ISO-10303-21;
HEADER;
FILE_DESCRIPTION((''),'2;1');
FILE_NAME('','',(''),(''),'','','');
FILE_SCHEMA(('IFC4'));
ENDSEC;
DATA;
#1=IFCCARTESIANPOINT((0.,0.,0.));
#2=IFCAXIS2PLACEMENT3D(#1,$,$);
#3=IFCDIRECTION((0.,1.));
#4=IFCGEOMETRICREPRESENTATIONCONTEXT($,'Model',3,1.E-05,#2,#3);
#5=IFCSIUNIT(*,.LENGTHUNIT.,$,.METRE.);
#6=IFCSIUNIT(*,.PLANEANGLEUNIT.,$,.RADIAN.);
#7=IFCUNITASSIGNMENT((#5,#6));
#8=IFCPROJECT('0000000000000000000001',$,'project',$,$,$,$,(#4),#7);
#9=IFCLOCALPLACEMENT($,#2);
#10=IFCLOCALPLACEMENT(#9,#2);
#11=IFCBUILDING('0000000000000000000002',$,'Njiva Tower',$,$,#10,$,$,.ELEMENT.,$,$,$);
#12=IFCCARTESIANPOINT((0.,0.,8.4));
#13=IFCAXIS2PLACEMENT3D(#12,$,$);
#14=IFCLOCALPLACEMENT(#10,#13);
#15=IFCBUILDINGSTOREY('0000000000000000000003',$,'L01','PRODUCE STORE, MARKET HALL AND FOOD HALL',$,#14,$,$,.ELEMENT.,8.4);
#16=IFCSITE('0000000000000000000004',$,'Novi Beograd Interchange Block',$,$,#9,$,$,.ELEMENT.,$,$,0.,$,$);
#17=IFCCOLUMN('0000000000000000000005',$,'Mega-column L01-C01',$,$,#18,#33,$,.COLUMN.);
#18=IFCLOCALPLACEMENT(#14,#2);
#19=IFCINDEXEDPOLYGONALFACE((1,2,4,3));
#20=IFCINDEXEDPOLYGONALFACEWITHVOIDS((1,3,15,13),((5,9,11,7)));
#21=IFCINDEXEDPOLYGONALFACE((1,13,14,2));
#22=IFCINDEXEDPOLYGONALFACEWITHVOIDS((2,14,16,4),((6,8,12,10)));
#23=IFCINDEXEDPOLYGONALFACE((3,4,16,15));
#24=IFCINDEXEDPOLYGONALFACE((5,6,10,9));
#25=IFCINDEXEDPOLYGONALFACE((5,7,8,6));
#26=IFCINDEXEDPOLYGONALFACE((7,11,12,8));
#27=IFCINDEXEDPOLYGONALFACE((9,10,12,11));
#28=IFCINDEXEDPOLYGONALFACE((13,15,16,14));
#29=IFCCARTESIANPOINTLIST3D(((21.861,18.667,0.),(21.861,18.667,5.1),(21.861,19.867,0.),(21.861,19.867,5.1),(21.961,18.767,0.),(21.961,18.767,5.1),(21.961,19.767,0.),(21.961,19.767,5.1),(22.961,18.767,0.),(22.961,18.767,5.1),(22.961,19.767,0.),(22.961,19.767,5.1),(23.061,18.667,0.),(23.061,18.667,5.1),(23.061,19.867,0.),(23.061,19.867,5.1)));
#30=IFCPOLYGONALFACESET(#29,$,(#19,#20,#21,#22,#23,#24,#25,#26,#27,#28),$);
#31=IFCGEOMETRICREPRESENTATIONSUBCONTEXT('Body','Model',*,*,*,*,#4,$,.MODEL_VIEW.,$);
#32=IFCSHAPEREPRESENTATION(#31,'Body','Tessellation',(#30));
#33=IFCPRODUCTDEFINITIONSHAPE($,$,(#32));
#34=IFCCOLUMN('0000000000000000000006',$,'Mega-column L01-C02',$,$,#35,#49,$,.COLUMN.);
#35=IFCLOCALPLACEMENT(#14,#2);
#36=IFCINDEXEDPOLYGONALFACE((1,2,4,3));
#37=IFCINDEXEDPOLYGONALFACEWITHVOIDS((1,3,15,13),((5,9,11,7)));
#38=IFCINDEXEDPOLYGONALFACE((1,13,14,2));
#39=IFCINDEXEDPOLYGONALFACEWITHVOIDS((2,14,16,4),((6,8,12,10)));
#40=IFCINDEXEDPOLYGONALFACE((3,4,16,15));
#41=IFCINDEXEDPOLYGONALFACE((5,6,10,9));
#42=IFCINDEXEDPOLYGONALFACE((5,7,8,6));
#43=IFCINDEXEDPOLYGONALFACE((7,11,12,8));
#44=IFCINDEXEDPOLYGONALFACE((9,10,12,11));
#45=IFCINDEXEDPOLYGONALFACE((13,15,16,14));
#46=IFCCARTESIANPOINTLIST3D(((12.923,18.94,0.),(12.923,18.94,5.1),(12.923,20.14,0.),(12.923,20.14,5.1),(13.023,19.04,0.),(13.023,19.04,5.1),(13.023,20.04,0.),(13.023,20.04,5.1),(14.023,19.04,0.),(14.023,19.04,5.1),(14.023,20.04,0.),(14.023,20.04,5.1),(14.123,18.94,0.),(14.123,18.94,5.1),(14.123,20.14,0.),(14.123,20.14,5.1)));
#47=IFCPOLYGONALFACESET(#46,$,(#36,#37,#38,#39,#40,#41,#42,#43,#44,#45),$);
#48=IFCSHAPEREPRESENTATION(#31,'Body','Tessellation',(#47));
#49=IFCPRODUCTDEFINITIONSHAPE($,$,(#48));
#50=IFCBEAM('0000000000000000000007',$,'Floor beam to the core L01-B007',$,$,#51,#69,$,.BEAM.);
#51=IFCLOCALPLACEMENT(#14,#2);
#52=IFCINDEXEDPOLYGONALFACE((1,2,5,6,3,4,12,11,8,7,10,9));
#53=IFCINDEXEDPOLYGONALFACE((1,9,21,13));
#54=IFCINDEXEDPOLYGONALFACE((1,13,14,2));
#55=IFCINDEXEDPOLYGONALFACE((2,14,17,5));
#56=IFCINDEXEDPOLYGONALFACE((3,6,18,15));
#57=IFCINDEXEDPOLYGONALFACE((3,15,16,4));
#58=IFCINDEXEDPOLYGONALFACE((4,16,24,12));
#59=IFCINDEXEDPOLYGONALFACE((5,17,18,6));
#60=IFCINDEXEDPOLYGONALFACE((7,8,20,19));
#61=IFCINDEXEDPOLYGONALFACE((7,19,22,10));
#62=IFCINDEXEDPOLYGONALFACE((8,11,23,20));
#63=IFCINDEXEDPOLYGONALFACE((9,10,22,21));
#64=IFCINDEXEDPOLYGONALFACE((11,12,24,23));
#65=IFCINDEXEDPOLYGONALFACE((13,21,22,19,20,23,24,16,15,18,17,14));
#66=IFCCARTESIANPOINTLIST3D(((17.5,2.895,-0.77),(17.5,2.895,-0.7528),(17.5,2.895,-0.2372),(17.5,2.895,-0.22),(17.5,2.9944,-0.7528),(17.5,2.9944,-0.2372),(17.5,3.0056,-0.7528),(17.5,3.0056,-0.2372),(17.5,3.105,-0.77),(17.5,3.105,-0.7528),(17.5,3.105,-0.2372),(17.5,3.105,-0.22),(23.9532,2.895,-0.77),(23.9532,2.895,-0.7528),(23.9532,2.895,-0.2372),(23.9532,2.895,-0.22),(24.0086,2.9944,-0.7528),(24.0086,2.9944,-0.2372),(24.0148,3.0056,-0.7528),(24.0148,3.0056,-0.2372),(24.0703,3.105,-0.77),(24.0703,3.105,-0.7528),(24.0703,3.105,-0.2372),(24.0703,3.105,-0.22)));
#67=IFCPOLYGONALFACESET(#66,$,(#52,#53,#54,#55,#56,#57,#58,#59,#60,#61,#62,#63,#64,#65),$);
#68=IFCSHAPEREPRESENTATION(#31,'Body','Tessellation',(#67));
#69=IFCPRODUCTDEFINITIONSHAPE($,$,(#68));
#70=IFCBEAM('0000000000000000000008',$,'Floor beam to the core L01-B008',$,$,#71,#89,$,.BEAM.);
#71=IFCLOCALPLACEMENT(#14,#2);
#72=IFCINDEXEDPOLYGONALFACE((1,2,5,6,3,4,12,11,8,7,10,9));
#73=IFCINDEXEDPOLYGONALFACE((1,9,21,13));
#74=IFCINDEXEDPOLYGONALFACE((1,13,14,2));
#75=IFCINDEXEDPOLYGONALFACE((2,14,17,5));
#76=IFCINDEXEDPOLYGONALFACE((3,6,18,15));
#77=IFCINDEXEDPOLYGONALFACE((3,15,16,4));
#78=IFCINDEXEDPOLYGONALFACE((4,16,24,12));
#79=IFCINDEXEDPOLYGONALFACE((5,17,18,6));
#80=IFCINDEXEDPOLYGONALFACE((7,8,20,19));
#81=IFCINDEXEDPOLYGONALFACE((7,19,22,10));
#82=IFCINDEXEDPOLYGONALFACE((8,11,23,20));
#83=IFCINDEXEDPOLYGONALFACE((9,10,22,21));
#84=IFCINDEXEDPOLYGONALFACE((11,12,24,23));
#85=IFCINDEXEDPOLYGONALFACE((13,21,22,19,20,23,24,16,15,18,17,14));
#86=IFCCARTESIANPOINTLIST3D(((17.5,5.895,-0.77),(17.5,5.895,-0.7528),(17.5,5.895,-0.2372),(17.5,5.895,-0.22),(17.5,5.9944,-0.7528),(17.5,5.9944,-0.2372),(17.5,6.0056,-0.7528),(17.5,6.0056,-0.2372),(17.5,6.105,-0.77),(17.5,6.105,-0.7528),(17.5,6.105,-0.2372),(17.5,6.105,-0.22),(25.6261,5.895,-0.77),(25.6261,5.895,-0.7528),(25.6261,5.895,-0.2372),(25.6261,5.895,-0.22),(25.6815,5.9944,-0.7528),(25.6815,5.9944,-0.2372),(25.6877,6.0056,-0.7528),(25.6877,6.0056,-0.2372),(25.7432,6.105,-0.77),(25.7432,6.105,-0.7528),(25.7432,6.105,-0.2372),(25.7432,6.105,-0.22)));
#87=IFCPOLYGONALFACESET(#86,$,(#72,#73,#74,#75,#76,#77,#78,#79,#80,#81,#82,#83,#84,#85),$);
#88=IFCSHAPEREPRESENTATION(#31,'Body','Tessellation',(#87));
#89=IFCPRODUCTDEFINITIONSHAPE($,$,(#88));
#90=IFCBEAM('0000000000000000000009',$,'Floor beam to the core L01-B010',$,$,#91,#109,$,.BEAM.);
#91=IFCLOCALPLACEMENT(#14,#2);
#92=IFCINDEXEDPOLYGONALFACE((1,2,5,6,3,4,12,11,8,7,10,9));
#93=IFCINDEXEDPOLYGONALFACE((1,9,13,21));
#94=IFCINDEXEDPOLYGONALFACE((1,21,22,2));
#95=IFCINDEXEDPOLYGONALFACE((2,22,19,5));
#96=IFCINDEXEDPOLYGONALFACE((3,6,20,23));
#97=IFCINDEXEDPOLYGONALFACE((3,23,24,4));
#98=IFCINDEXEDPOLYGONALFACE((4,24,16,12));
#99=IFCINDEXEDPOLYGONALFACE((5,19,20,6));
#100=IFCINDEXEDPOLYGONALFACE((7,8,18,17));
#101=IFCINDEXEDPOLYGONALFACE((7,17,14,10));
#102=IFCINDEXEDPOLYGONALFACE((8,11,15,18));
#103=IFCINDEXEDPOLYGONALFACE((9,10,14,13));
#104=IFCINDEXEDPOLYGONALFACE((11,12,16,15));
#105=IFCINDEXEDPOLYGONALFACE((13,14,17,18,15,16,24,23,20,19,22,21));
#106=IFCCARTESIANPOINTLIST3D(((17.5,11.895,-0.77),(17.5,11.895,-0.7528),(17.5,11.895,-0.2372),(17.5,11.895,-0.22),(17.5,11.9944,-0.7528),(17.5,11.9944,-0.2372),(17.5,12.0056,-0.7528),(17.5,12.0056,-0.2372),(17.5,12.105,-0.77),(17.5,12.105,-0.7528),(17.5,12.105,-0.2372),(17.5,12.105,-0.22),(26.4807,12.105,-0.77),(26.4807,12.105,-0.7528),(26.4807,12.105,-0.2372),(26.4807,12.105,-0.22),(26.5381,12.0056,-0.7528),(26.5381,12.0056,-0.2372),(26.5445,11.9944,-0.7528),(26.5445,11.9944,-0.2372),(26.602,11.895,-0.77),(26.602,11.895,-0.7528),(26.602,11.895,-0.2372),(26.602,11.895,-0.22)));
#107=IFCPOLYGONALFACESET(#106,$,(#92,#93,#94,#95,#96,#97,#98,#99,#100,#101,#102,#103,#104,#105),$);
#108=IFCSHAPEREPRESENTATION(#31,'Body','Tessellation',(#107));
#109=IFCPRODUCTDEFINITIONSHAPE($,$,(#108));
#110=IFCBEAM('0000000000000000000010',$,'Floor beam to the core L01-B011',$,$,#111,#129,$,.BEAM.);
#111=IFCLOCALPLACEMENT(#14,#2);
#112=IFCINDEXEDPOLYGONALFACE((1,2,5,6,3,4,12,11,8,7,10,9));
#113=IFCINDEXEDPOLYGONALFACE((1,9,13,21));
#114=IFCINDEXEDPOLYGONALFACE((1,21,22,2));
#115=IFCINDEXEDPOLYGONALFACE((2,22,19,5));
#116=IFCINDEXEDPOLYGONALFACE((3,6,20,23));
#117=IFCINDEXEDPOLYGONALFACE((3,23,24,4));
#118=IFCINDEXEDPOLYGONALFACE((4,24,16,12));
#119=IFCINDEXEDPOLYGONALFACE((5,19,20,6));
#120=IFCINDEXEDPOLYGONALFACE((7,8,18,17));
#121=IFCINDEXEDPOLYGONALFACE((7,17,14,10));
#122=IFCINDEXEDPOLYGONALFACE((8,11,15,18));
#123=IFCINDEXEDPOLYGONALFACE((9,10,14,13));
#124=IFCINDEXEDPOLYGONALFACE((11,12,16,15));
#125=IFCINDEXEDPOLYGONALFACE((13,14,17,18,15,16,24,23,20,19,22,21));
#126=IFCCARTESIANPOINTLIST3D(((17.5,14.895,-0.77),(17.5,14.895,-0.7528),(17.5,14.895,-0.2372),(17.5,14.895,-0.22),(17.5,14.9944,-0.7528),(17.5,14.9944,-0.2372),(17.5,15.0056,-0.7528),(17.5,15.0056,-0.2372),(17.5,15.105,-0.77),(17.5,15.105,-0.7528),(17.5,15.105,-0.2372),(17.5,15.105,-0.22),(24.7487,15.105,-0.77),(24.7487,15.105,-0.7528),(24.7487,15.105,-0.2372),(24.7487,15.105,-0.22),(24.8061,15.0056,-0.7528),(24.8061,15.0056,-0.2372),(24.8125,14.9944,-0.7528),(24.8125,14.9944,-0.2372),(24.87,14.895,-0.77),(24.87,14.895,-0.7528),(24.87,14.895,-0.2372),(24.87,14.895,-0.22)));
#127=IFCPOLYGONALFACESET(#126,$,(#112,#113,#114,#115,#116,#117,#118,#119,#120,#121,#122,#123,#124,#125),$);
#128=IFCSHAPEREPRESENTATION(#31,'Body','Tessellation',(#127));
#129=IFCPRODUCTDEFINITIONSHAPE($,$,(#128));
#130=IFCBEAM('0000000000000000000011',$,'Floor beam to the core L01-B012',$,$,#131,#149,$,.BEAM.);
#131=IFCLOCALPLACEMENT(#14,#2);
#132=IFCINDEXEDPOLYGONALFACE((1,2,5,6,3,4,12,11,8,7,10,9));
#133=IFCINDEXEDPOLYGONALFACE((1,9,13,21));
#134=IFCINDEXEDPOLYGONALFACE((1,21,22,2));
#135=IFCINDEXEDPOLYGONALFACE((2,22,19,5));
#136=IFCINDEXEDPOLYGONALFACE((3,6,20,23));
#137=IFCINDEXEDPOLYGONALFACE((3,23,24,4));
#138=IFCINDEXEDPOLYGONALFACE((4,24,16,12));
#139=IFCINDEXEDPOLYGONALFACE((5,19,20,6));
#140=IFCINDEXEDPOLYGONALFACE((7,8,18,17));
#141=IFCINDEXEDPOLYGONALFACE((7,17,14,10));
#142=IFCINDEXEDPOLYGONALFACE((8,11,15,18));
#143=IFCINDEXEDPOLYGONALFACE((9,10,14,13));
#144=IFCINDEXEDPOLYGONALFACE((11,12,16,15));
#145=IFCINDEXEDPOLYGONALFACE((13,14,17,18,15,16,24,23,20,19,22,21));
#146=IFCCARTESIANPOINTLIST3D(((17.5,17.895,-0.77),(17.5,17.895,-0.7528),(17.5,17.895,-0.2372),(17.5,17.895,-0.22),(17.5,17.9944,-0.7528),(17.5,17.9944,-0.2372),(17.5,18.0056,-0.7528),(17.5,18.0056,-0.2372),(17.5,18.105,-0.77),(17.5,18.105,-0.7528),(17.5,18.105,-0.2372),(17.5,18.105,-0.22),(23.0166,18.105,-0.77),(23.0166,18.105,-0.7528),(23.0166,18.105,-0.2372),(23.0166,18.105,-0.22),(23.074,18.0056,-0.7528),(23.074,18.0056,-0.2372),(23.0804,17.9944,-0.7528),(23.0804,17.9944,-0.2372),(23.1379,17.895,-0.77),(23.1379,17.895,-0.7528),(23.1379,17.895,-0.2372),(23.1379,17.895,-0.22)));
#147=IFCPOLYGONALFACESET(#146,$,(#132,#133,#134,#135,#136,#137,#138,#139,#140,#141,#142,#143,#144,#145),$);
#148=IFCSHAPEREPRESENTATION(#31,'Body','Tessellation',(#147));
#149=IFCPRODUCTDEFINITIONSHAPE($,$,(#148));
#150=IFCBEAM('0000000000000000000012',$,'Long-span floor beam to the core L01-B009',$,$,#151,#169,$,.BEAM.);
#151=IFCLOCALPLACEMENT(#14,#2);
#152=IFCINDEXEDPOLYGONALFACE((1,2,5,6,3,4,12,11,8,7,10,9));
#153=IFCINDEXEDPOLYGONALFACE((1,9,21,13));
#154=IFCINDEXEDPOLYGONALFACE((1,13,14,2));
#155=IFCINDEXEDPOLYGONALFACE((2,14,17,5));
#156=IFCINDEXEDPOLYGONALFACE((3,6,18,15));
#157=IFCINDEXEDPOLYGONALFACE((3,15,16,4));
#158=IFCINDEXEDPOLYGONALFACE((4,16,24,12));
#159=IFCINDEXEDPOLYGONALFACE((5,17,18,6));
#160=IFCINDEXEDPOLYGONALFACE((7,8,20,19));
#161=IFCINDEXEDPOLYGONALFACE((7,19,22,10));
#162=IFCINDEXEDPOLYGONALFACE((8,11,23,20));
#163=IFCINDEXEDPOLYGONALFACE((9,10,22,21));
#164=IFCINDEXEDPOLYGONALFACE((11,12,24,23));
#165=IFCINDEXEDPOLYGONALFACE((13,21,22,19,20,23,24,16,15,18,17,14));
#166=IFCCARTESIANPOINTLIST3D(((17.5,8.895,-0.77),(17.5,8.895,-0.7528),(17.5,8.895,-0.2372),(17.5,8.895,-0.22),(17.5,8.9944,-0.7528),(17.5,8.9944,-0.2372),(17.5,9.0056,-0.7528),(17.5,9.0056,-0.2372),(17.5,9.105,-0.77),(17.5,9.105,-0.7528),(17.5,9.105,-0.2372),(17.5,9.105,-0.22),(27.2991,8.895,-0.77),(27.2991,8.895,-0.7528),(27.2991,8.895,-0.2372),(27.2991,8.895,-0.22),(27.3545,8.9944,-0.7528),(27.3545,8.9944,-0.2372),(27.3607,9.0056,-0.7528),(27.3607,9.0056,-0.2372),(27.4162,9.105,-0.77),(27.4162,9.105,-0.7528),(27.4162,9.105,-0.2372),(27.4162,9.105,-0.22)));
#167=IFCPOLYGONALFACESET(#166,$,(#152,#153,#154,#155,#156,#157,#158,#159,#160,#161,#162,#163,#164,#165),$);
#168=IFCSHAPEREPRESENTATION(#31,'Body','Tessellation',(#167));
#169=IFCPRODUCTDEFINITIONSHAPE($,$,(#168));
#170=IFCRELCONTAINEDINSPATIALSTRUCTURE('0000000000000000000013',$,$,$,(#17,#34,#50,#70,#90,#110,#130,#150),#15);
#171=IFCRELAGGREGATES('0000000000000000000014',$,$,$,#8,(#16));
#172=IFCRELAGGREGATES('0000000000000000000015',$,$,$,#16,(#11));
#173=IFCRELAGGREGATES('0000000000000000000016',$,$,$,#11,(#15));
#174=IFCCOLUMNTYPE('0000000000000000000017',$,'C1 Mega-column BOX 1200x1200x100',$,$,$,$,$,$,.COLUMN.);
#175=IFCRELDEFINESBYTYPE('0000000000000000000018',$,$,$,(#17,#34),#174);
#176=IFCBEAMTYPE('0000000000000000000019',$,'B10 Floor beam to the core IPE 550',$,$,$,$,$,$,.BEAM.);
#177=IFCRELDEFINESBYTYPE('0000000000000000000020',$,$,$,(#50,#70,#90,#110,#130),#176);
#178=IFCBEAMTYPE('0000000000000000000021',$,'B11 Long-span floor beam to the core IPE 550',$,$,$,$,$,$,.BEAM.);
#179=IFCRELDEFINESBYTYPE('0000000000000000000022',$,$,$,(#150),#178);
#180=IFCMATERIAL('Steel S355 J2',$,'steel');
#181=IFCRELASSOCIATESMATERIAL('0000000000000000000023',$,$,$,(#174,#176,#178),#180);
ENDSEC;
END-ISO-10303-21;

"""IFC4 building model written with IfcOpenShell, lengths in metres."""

from ifc_helpers import new_model, si_unit, direction, frame, origin, origin_2d, place, context, subcontext, project, spatial, hollow_rectangle, i_section, extrude, clip, halfspace, material, material_profile, profile_set, type_object, element, save


model = new_model("IFC4")

# Units and contexts
model_context = context("Model", 3, precision=1e-05, world=origin(), true_north=direction((0.0, 1.0)))
body_context = subcontext(model_context, "Body", "Model", "MODEL_VIEW")
ifc_project = project(units=[si_unit("LENGTHUNIT", "METRE"), si_unit("PLANEANGLEUNIT", "RADIAN")], contexts=[model_context])

# Site, building, storey
site_placement = place(None, origin())
site = spatial("IfcSite", under=ifc_project, at=site_placement, Name="Novi Beograd Interchange Block", CompositionType="ELEMENT", RefElevation=0.0)
building_placement = place(site_placement, origin())
building = spatial("IfcBuilding", under=site, at=building_placement, Name="Njiva Tower", CompositionType="ELEMENT")
storey_placement = place(building_placement, frame((0.0, 0.0, 8.4)))
storey = spatial("IfcBuildingStorey", under=building, at=storey_placement, Name="L01", Description="PRODUCE STORE, MARKET HALL AND FOOD HALL", CompositionType="ELEMENT", Elevation=8.4)

# Columns
ifc_material_1 = material(Name="Steel S355 J2", Category="steel")
ifc_material_profile_1 = material_profile(ifc_material_1, hollow_rectangle(XDim=1.2, YDim=1.2, WallThickness=0.1, at=origin_2d()), Name="BOX 1200x1200x100")
ifc_profile_set_1 = profile_set([ifc_material_profile_1], Name="Steel S355 J2")
column_type = type_object("IfcColumnType", Name="C1 Mega-column BOX 1200x1200x100", PredefinedType="COLUMN", material=ifc_profile_set_1)
for number, where, z_axis, x_axis, name in (
    (1, (22.461, 19.267, 0.0), (0.0, 0.0, 1.0), (-1.0, 0.0, 0.0), "Mega-column L01-C01"),
    (2, (13.523, 19.54, 0.0), (0.0, 0.0, 1.0), (-1.0, 0.0, 0.0), "Mega-column L01-C02"),
):
    element("IfcColumn", number, at=place(storey_placement, frame(where, z_axis=z_axis, x_axis=x_axis)), inside=storey, type_object=column_type, Name=name, PredefinedType="COLUMN", context=body_context, shape_type="SweptSolid", body=[
        extrude(hollow_rectangle(XDim=1.2, YDim=1.2, WallThickness=0.1, at=origin_2d()), origin(), (0.0, 0.0, 1.0), 5.1),
    ])

# Beams
ifc_material_profile_2 = material_profile(ifc_material_1, i_section(OverallWidth=0.21, OverallDepth=0.55, WebThickness=0.0111, FlangeThickness=0.0172, at=origin_2d()), Name="IPE 550")
ifc_profile_set_2 = profile_set([ifc_material_profile_2], Name="Steel S355 J2")
beam_type_1 = type_object("IfcBeamType", Name="B10 Floor beam to the core IPE 550", PredefinedType="BEAM", material=ifc_profile_set_2)
beam_1_placement = place(storey_placement, frame((17.5, 3.0, -0.495), z_axis=(1.0, 0.0, 0.0), x_axis=(0.0, 1.0, 0.0)))
element("IfcBeam", 3, at=beam_1_placement, inside=storey, type_object=beam_type_1, Name="Floor beam to the core L01-B007", PredefinedType="BEAM", context=body_context, shape_type="Clipping", body=[
    clip(extrude(i_section(OverallWidth=0.21, OverallDepth=0.55, WebThickness=0.0111, FlangeThickness=0.0172, at=origin_2d()), origin(), (0.0, 0.0, 1.0), 6.591), halfspace(frame((-0.0244, 0.0, 6.4981), z_axis=(-0.487052, 0.0, 0.873373), x_axis=(0.0, 1.0, 0.0)), False)),
])
beam_2_placement = place(storey_placement, frame((17.5, 6.0, -0.495), z_axis=(1.0, 0.0, 0.0), x_axis=(0.0, 1.0, 0.0)))
element("IfcBeam", 4, at=beam_2_placement, inside=storey, type_object=beam_type_1, Name="Floor beam to the core L01-B008", PredefinedType="BEAM", context=body_context, shape_type="Clipping", body=[
    clip(extrude(i_section(OverallWidth=0.21, OverallDepth=0.55, WebThickness=0.0111, FlangeThickness=0.0172, at=origin_2d()), origin(), (0.0, 0.0, 1.0), 8.264), halfspace(frame((-0.0244, 0.0, 8.171), z_axis=(-0.487052, 0.0, 0.873373), x_axis=(0.0, 1.0, 0.0)), False)),
])
beam_3_placement = place(storey_placement, frame((17.5, 12.0, -0.495), z_axis=(1.0, 0.0, 0.0), x_axis=(0.0, 1.0, 0.0)))
element("IfcBeam", 5, at=beam_3_placement, inside=storey, type_object=beam_type_1, Name="Floor beam to the core L01-B010", PredefinedType="BEAM", context=body_context, shape_type="Clipping", body=[
    clip(extrude(i_section(OverallWidth=0.21, OverallDepth=0.55, WebThickness=0.0111, FlangeThickness=0.0172, at=origin_2d()), origin(), (0.0, 0.0, 1.0), 9.122), halfspace(frame((0.025, 0.0, 9.0269), z_axis=(0.499998, 0.0, 0.866027), x_axis=(0.0, 1.0, 0.0)), False)),
])
beam_4_placement = place(storey_placement, frame((17.5, 15.0, -0.495), z_axis=(1.0, 0.0, 0.0), x_axis=(0.0, 1.0, 0.0)))
element("IfcBeam", 6, at=beam_4_placement, inside=storey, type_object=beam_type_1, Name="Floor beam to the core L01-B011", PredefinedType="BEAM", context=body_context, shape_type="Clipping", body=[
    clip(extrude(i_section(OverallWidth=0.21, OverallDepth=0.55, WebThickness=0.0111, FlangeThickness=0.0172, at=origin_2d()), origin(), (0.0, 0.0, 1.0), 7.39), halfspace(frame((0.025, 0.0, 7.2949), z_axis=(0.499998, 0.0, 0.866027), x_axis=(0.0, 1.0, 0.0)), False)),
])
beam_5_placement = place(storey_placement, frame((17.5, 18.0, -0.495), z_axis=(1.0, 0.0, 0.0), x_axis=(0.0, 1.0, 0.0)))
element("IfcBeam", 7, at=beam_5_placement, inside=storey, type_object=beam_type_1, Name="Floor beam to the core L01-B012", PredefinedType="BEAM", context=body_context, shape_type="Clipping", body=[
    clip(extrude(i_section(OverallWidth=0.21, OverallDepth=0.55, WebThickness=0.0111, FlangeThickness=0.0172, at=origin_2d()), origin(), (0.0, 0.0, 1.0), 5.658), halfspace(frame((0.025, 0.0, 5.5628), z_axis=(0.499998, 0.0, 0.866027), x_axis=(0.0, 1.0, 0.0)), False)),
])
ifc_material_profile_3 = material_profile(ifc_material_1, i_section(OverallWidth=0.21, OverallDepth=0.55, WebThickness=0.0111, FlangeThickness=0.0172, at=origin_2d()), Name="IPE 550")
ifc_profile_set_3 = profile_set([ifc_material_profile_3], Name="Steel S355 J2")
beam_type_2 = type_object("IfcBeamType", Name="B11 Long-span floor beam to the core IPE 550", PredefinedType="BEAM", material=ifc_profile_set_3)
beam_6_placement = place(storey_placement, frame((17.5, 9.0, -0.495), z_axis=(1.0, 0.0, 0.0), x_axis=(0.0, 1.0, 0.0)))
element("IfcBeam", 8, at=beam_6_placement, inside=storey, type_object=beam_type_2, Name="Long-span floor beam to the core L01-B009", PredefinedType="BEAM", context=body_context, shape_type="Clipping", body=[
    clip(extrude(i_section(OverallWidth=0.21, OverallDepth=0.55, WebThickness=0.0111, FlangeThickness=0.0172, at=origin_2d()), origin(), (0.0, 0.0, 1.0), 9.937), halfspace(frame((-0.0244, 0.0, 9.844), z_axis=(-0.487052, 0.0, 0.873373), x_axis=(0.0, 1.0, 0.0)), False)),
])

save(model, "model.ifc")
